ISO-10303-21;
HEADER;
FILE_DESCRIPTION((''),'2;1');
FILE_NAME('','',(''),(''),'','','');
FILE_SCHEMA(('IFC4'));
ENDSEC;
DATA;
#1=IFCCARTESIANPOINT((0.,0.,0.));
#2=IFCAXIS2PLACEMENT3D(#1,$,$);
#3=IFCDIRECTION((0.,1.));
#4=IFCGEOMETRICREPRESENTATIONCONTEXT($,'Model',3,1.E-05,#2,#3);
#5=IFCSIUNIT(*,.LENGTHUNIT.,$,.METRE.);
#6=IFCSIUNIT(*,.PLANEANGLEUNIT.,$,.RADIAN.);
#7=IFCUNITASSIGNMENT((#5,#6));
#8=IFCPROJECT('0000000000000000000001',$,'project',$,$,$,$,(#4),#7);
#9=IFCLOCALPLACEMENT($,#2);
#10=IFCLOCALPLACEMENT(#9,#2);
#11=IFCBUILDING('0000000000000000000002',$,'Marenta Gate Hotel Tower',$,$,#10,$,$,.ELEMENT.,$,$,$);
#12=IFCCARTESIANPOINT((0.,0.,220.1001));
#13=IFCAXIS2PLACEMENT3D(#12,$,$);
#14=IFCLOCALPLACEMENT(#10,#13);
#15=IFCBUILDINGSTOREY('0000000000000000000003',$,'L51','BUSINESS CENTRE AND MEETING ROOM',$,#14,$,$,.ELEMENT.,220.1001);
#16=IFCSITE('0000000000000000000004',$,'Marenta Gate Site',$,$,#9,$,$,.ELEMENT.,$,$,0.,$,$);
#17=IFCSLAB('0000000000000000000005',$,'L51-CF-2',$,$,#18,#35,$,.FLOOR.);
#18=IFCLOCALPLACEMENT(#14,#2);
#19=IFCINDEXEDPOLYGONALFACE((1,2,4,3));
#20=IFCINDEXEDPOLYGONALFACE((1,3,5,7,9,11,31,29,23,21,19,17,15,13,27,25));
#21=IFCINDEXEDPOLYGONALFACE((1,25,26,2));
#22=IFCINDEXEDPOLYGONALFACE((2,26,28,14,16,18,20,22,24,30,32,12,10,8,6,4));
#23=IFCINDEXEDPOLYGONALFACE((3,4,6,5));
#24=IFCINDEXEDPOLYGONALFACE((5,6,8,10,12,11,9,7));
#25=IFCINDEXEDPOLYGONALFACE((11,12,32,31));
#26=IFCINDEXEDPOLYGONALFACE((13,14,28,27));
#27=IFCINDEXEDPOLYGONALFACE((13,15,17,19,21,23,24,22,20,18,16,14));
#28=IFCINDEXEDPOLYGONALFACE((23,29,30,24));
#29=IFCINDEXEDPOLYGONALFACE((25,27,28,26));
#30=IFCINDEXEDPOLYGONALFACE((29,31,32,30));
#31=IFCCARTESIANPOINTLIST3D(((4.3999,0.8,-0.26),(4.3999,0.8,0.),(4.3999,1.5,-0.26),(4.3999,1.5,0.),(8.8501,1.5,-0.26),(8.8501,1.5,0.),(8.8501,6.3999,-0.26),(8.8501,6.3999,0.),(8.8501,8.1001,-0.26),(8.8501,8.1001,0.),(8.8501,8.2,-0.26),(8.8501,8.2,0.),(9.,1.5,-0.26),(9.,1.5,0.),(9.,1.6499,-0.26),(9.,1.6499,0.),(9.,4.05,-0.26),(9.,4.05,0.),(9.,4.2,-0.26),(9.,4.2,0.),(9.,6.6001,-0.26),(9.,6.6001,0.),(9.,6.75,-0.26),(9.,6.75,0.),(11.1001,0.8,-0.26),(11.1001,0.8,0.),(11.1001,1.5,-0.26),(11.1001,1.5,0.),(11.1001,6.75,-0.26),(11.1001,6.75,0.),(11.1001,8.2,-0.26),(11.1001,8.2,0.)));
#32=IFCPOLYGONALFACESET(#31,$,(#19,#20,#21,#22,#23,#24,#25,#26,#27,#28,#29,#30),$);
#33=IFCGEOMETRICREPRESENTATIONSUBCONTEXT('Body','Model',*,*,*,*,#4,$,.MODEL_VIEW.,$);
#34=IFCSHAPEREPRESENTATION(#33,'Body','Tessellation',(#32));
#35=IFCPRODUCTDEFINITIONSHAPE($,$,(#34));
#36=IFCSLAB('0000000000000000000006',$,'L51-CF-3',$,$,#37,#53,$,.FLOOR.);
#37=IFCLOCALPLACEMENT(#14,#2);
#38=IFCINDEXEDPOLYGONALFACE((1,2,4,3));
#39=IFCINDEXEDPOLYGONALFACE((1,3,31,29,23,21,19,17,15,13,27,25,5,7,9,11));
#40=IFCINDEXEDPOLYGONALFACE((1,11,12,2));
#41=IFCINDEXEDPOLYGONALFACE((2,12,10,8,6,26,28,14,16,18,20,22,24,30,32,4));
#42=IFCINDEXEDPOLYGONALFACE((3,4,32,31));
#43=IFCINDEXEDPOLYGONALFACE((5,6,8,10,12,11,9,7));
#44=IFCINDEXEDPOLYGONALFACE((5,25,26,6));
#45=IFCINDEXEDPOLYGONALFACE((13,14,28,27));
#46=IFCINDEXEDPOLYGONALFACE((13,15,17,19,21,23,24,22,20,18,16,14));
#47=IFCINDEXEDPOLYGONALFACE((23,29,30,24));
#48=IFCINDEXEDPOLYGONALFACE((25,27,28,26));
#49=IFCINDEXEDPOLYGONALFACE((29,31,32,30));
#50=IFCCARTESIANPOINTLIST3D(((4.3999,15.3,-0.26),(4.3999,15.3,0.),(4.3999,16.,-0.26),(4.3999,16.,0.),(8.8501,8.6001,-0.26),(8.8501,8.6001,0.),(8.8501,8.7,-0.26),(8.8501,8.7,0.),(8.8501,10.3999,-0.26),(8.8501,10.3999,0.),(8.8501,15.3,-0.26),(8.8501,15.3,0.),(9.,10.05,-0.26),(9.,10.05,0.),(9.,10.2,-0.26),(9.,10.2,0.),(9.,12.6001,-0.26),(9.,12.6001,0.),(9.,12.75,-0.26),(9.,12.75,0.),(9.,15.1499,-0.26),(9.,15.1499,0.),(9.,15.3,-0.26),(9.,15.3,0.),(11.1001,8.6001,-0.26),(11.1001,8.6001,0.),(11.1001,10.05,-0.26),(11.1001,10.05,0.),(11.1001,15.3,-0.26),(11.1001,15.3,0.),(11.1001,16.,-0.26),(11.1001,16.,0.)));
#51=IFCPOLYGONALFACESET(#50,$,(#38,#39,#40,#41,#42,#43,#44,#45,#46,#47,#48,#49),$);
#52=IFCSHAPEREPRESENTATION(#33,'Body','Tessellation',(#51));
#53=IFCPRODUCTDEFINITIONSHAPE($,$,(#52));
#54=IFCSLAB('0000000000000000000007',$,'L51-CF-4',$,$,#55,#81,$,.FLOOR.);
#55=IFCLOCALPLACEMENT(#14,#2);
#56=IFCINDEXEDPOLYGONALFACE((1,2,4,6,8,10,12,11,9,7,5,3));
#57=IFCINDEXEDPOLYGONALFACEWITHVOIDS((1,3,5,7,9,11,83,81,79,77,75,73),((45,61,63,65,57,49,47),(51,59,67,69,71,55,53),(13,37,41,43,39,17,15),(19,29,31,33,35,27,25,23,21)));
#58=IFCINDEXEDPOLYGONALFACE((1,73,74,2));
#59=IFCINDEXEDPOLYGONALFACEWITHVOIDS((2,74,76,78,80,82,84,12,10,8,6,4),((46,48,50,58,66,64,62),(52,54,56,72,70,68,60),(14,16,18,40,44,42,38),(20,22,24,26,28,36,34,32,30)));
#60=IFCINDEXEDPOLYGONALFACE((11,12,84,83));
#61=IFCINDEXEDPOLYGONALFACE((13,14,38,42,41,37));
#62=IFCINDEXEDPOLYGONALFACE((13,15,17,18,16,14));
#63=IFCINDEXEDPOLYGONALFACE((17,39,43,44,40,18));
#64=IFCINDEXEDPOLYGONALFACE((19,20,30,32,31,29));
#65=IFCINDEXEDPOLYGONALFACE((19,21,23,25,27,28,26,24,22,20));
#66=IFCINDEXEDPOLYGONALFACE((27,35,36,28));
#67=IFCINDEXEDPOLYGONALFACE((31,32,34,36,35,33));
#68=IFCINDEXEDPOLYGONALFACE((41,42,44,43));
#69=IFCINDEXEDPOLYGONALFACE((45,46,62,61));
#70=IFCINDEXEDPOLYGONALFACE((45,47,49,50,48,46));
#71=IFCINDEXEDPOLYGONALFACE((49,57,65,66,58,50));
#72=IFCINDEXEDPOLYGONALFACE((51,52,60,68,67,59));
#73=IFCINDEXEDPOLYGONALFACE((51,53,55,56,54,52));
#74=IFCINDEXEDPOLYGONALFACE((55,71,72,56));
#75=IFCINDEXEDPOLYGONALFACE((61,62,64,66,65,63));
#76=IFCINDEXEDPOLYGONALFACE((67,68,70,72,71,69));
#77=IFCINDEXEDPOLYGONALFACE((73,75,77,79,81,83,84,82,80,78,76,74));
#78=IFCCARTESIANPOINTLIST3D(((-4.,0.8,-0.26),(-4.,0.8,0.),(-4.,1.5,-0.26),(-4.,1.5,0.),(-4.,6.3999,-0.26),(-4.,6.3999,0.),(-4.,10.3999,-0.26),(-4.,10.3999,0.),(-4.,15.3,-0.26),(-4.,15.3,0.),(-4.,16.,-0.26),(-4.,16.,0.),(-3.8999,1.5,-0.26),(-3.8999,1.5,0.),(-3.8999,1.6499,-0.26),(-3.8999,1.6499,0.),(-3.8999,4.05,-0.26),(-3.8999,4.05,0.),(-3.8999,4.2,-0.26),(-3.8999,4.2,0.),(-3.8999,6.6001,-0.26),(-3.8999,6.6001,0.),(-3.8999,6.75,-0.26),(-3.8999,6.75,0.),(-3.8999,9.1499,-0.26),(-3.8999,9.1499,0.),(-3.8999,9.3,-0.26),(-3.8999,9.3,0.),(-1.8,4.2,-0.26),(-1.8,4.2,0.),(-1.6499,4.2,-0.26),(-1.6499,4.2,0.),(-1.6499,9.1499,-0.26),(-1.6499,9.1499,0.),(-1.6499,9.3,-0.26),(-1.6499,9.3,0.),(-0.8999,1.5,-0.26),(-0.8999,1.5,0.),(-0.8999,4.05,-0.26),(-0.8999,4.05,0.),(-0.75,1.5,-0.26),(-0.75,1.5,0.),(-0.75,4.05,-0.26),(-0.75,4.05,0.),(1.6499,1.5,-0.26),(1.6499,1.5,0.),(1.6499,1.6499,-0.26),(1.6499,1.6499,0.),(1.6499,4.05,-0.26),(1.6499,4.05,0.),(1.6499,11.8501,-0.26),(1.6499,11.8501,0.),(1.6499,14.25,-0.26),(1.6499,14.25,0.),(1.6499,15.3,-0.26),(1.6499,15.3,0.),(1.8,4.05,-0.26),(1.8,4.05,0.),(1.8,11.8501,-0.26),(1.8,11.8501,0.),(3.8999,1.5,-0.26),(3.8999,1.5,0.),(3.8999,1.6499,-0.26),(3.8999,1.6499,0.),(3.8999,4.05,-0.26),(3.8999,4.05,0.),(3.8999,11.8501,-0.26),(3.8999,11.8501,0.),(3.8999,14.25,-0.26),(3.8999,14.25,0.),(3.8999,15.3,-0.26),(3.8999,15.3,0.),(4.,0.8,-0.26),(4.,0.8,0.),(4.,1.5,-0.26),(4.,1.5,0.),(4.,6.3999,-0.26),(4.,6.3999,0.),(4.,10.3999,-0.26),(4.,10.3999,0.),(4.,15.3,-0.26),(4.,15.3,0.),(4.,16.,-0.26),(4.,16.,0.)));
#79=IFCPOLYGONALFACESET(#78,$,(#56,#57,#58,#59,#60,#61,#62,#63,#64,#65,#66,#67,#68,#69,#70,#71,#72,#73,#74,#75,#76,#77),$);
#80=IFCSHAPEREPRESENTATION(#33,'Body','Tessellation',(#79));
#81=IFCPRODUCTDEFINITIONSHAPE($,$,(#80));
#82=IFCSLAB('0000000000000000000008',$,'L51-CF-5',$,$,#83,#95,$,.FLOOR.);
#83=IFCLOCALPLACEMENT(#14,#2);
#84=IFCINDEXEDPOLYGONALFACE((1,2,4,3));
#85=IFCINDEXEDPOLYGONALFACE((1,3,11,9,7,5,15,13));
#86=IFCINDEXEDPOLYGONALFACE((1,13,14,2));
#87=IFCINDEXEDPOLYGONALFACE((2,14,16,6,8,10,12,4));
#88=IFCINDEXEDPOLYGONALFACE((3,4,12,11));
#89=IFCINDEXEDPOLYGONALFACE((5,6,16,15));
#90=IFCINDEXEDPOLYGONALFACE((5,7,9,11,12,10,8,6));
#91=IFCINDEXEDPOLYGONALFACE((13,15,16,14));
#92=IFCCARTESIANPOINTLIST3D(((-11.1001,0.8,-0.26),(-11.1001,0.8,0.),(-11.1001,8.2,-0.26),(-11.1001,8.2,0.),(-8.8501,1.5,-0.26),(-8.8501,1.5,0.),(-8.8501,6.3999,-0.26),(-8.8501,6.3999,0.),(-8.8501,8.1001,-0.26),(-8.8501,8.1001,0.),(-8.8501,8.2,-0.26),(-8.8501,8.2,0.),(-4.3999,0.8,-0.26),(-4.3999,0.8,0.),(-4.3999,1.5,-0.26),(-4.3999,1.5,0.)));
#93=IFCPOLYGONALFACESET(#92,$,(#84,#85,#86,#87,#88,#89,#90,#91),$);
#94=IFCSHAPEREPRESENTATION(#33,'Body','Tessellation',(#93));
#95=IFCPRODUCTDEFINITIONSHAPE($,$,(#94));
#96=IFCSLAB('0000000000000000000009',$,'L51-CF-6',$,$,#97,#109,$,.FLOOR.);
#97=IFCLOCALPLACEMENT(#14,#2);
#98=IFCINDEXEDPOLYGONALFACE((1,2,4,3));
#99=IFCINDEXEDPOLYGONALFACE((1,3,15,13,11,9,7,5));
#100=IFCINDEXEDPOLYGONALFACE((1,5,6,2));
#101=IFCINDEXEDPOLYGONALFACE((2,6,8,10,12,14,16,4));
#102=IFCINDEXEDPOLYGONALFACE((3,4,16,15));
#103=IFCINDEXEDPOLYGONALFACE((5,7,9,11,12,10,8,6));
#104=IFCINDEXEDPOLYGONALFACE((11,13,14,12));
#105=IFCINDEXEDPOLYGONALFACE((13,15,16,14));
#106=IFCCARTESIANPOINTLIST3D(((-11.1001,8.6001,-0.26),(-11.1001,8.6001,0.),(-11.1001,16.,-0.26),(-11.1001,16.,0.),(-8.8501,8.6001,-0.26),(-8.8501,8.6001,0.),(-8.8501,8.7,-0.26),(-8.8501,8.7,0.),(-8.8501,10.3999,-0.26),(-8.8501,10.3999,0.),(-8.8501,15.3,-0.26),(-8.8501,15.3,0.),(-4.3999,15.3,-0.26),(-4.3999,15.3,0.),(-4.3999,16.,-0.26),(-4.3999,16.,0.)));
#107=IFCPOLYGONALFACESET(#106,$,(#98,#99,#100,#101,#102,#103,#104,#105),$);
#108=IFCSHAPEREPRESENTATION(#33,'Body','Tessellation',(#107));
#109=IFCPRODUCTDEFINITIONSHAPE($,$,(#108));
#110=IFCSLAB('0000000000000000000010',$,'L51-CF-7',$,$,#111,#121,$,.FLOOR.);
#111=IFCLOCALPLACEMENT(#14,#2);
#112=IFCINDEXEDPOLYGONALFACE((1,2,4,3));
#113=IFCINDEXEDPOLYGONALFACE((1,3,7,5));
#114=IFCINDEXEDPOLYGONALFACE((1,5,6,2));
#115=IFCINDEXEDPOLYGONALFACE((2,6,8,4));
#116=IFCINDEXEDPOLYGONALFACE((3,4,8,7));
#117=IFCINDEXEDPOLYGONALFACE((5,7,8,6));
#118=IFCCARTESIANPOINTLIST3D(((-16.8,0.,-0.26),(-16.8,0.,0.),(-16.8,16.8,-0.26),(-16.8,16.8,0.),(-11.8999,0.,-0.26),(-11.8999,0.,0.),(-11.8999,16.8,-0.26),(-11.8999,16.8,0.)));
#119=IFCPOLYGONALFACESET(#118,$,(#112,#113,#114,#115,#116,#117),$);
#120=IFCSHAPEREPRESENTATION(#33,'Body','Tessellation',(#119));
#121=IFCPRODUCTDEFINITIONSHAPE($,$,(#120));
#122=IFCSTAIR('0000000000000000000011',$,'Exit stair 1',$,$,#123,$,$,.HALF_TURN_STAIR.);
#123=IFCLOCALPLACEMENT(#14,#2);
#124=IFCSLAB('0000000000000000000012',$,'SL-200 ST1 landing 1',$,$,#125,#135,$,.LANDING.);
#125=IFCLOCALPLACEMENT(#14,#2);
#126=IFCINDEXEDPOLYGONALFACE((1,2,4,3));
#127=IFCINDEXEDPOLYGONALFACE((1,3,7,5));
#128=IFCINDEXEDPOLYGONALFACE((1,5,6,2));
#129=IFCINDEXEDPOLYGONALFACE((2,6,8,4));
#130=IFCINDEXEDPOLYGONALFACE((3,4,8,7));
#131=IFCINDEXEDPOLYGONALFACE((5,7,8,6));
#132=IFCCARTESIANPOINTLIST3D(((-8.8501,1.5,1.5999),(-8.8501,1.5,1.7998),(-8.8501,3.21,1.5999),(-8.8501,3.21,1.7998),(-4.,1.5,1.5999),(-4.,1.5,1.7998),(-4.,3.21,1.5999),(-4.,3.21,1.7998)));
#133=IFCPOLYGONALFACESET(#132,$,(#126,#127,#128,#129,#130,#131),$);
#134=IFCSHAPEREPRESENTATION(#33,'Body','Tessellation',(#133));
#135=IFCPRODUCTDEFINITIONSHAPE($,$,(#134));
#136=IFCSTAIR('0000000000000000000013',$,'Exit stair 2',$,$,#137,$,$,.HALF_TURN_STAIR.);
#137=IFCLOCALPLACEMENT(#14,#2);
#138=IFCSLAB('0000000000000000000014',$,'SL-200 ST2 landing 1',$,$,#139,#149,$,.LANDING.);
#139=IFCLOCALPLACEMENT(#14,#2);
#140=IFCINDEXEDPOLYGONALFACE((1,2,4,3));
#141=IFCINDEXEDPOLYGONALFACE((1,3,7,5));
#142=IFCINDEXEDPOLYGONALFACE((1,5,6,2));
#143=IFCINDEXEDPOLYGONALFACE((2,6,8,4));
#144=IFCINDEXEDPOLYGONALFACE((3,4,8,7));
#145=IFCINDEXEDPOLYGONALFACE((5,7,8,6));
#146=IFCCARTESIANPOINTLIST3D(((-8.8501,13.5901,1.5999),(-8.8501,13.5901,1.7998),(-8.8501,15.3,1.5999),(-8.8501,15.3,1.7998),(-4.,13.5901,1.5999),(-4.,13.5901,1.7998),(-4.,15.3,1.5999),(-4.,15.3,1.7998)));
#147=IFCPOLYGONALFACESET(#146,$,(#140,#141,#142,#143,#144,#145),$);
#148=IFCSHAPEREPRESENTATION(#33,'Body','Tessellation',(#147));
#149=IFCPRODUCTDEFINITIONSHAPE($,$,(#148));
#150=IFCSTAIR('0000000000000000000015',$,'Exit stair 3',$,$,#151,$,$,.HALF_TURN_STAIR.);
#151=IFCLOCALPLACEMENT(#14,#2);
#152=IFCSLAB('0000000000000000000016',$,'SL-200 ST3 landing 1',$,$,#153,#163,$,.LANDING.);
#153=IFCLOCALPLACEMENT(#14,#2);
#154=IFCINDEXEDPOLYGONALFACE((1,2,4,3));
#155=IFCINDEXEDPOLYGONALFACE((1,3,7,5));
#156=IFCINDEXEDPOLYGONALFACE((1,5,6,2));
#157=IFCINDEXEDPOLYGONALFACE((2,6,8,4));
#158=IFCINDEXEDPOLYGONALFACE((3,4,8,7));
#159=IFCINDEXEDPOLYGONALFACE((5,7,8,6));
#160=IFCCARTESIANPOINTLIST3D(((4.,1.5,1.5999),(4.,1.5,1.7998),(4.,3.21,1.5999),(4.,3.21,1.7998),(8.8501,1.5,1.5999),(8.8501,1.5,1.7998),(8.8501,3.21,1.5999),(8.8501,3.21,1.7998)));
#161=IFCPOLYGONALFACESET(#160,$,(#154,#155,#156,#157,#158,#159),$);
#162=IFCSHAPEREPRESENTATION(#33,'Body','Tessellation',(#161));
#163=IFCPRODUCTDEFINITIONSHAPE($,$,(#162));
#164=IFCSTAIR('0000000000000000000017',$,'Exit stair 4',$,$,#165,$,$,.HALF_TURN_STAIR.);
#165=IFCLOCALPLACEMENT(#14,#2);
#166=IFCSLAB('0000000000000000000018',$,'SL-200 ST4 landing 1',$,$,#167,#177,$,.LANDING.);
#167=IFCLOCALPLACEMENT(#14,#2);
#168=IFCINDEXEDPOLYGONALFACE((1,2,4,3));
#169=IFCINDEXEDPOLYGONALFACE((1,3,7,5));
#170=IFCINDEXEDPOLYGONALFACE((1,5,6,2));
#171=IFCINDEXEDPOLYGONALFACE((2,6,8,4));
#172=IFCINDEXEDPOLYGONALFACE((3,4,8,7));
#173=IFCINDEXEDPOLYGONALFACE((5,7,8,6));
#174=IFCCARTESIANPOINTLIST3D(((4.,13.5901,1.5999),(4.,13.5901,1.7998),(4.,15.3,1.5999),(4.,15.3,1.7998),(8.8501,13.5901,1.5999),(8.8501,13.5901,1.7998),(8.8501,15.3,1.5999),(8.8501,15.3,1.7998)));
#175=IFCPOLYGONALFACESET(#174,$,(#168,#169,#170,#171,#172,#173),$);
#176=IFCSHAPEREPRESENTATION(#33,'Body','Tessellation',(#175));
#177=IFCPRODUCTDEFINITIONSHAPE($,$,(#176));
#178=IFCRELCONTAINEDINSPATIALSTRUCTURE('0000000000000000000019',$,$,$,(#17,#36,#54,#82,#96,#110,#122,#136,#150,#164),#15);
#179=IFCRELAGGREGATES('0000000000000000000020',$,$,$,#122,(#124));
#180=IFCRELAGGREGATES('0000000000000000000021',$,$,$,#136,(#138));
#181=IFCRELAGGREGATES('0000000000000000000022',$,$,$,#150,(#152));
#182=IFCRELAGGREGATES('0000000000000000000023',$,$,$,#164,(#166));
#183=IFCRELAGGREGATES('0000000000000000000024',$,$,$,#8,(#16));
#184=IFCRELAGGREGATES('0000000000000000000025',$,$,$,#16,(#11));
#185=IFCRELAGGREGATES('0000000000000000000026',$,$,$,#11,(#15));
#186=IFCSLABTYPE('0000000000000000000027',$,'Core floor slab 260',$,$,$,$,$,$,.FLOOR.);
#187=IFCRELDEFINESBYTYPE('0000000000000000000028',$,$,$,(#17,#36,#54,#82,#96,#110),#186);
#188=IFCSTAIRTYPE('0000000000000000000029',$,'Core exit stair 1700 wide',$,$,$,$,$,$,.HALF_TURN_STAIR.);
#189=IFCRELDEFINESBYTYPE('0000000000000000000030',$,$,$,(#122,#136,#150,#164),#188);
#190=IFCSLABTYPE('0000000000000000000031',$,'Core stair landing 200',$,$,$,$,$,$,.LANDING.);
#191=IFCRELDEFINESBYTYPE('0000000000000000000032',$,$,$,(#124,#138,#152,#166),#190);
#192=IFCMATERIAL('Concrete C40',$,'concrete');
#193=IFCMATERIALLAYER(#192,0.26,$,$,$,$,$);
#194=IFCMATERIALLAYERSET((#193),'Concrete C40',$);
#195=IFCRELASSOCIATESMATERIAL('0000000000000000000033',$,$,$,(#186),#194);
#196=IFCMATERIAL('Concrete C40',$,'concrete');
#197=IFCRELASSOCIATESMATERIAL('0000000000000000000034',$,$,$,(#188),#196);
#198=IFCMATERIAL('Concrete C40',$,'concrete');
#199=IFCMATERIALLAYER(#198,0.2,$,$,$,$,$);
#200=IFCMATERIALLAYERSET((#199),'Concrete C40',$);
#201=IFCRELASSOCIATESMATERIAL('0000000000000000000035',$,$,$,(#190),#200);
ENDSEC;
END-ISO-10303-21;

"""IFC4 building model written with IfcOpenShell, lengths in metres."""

from ifc_helpers import new_model, si_unit, direction, frame, origin, place, context, subcontext, project, spatial, polyline, outline, extrude, material, layer, layer_set, type_object, element, aggregate, save


model = new_model("IFC4")

# Units and contexts
model_context = context("Model", 3, precision=1e-05, world=origin(), true_north=direction((0.0, 1.0)))
body_context = subcontext(model_context, "Body", "Model", "MODEL_VIEW")
ifc_project = project(units=[si_unit("LENGTHUNIT", "METRE"), si_unit("PLANEANGLEUNIT", "RADIAN")], contexts=[model_context])

# Site, building, storey
site_placement = place(None, origin())
site = spatial("IfcSite", under=ifc_project, at=site_placement, Name="Marenta Gate Site", CompositionType="ELEMENT", RefElevation=0.0)
building_placement = place(site_placement, origin())
building = spatial("IfcBuilding", under=site, at=building_placement, Name="Marenta Gate Hotel Tower", CompositionType="ELEMENT")
storey_placement = place(building_placement, frame((0.0, 0.0, 220.1001)))
storey = spatial("IfcBuildingStorey", under=building, at=storey_placement, Name="L51", Description="BUSINESS CENTRE AND MEETING ROOM", CompositionType="ELEMENT", Elevation=220.1001)

# Slabs
ifc_material_1 = material(Name="Concrete C40", Category="concrete")
ifc_layer_1 = layer(ifc_material_1, 0.26)
ifc_layer_set_1 = layer_set([ifc_layer_1], Name="Concrete C40")
slab_type_1 = type_object("IfcSlabType", Name="Core floor slab 260", PredefinedType="FLOOR", material=ifc_layer_set_1)
slab_1_placement = place(storey_placement, frame((0.0, 0.0, -0.26)))
element("IfcSlab", 1, at=slab_1_placement, inside=storey, type_object=slab_type_1, Name="L51-CF-2", PredefinedType="FLOOR", context=body_context, shape_type="SweptSolid", body=[
    extrude(outline(polyline([(8.8501, 1.5), (8.8501, 6.3999), (8.8501, 8.1001), (8.8501, 8.2), (11.1001, 8.2), (11.1001, 6.75), (9.0, 6.75), (9.0, 6.6001), (9.0, 4.2), (9.0, 4.05), (9.0, 1.6499), (9.0, 1.5), (11.1001, 1.5), (11.1001, 0.8), (4.3999, 0.8), (4.3999, 1.5), (8.8501, 1.5)])), origin(), (0.0, 0.0, 1.0), 0.26),
])
slab_2_placement = place(storey_placement, frame((0.0, 0.0, -0.26)))
element("IfcSlab", 2, at=slab_2_placement, inside=storey, type_object=slab_type_1, Name="L51-CF-3", PredefinedType="FLOOR", context=body_context, shape_type="SweptSolid", body=[
    extrude(outline(polyline([(8.8501, 15.3), (4.3999, 15.3), (4.3999, 16.0), (11.1001, 16.0), (11.1001, 15.3), (9.0, 15.3), (9.0, 15.1499), (9.0, 12.75), (9.0, 12.6001), (9.0, 10.2), (9.0, 10.05), (11.1001, 10.05), (11.1001, 8.6001), (8.8501, 8.6001), (8.8501, 8.7), (8.8501, 10.3999), (8.8501, 15.3)])), origin(), (0.0, 0.0, 1.0), 0.26),
])
slab_3_placement = place(storey_placement, frame((0.0, 0.0, -0.26)))
element("IfcSlab", 3, at=slab_3_placement, inside=storey, type_object=slab_type_1, Name="L51-CF-4", PredefinedType="FLOOR", context=body_context, shape_type="SweptSolid", body=[
    extrude(outline(polyline([(4.0, 15.3), (4.0, 10.3999), (4.0, 6.3999), (4.0, 1.5), (4.0, 0.8), (-4.0, 0.8), (-4.0, 1.5), (-4.0, 6.3999), (-4.0, 10.3999), (-4.0, 15.3), (-4.0, 16.0), (4.0, 16.0), (4.0, 15.3)]), holes=[polyline([(1.6499, 14.25), (1.6499, 11.8501), (1.8, 11.8501), (3.8999, 11.8501), (3.8999, 14.25), (3.8999, 15.3), (1.6499, 15.3), (1.6499, 14.25)]), polyline([(3.8999, 1.6499), (3.8999, 4.05), (1.8, 4.05), (1.6499, 4.05), (1.6499, 1.6499), (1.6499, 1.5), (3.8999, 1.5), (3.8999, 1.6499)]), polyline([(-3.8999, 1.6499), (-3.8999, 1.5), (-0.8999, 1.5), (-0.75, 1.5), (-0.75, 4.05), (-0.8999, 4.05), (-3.8999, 4.05), (-3.8999, 1.6499)]), polyline([(-1.8, 4.2), (-1.6499, 4.2), (-1.6499, 9.1499), (-1.6499, 9.3), (-3.8999, 9.3), (-3.8999, 9.1499), (-3.8999, 6.75), (-3.8999, 6.6001), (-3.8999, 4.2), (-1.8, 4.2)])]), origin(), (0.0, 0.0, 1.0), 0.26),
])
slab_4_placement = place(storey_placement, frame((0.0, 0.0, -0.26)))
element("IfcSlab", 4, at=slab_4_placement, inside=storey, type_object=slab_type_1, Name="L51-CF-5", PredefinedType="FLOOR", context=body_context, shape_type="SweptSolid", body=[
    extrude(outline(polyline([(-8.8501, 8.2), (-8.8501, 8.1001), (-8.8501, 6.3999), (-8.8501, 1.5), (-4.3999, 1.5), (-4.3999, 0.8), (-11.1001, 0.8), (-11.1001, 8.2), (-8.8501, 8.2)])), origin(), (0.0, 0.0, 1.0), 0.26),
])
slab_5_placement = place(storey_placement, frame((0.0, 0.0, -0.26)))
element("IfcSlab", 5, at=slab_5_placement, inside=storey, type_object=slab_type_1, Name="L51-CF-6", PredefinedType="FLOOR", context=body_context, shape_type="SweptSolid", body=[
    extrude(outline(polyline([(-4.3999, 15.3), (-8.8501, 15.3), (-8.8501, 10.3999), (-8.8501, 8.7), (-8.8501, 8.6001), (-11.1001, 8.6001), (-11.1001, 16.0), (-4.3999, 16.0), (-4.3999, 15.3)])), origin(), (0.0, 0.0, 1.0), 0.26),
])
slab_6_placement = place(storey_placement, frame((0.0, 0.0, -0.26)))
element("IfcSlab", 6, at=slab_6_placement, inside=storey, type_object=slab_type_1, Name="L51-CF-7", PredefinedType="FLOOR", context=body_context, shape_type="SweptSolid", body=[
    extrude(outline(polyline([(-11.8999, 16.8), (-11.8999, 0.0), (-16.8, 0.0), (-16.8, 16.8), (-11.8999, 16.8)])), origin(), (0.0, 0.0, 1.0), 0.26),
])

# Stairs, slabs
ifc_material_2 = material(Name="Concrete C40", Category="concrete")
stair_type_1 = type_object("IfcStairType", Name="Core exit stair 1700 wide", PredefinedType="HALF_TURN_STAIR", material=ifc_material_2)
stair_1_placement = place(storey_placement, origin())
stair_1 = element("IfcStair", 7, at=stair_1_placement, inside=storey, type_object=stair_type_1, Name="Exit stair 1", PredefinedType="HALF_TURN_STAIR")
ifc_material_3 = material(Name="Concrete C40", Category="concrete")
ifc_layer_2 = layer(ifc_material_3, 0.2)
ifc_layer_set_2 = layer_set([ifc_layer_2], Name="Concrete C40")
slab_type_2 = type_object("IfcSlabType", Name="Core stair landing 200", PredefinedType="LANDING", material=ifc_layer_set_2)
slab_7_placement = place(storey_placement, frame((0.0, 0.0, 1.5999)))
slab_7 = element("IfcSlab", 8, at=slab_7_placement, type_object=slab_type_2, Name="SL-200 ST1 landing 1", PredefinedType="LANDING", context=body_context, shape_type="SweptSolid", body=[
    extrude(outline(polyline([(-8.8501, 1.5), (-4.0, 1.5), (-4.0, 3.21), (-8.8501, 3.21), (-8.8501, 1.5)])), origin(), (0.0, 0.0, 1.0), 0.2),
])
aggregate(stair_1, [slab_7])
stair_2_placement = place(storey_placement, origin())
stair_2 = element("IfcStair", 9, at=stair_2_placement, inside=storey, type_object=stair_type_1, Name="Exit stair 2", PredefinedType="HALF_TURN_STAIR")
slab_8_placement = place(storey_placement, frame((0.0, 0.0, 1.5999)))
slab_8 = element("IfcSlab", 10, at=slab_8_placement, type_object=slab_type_2, Name="SL-200 ST2 landing 1", PredefinedType="LANDING", context=body_context, shape_type="SweptSolid", body=[
    extrude(outline(polyline([(-8.8501, 13.5901), (-4.0, 13.5901), (-4.0, 15.3), (-8.8501, 15.3), (-8.8501, 13.5901)])), origin(), (0.0, 0.0, 1.0), 0.2),
])
aggregate(stair_2, [slab_8])
stair_3_placement = place(storey_placement, origin())
stair_3 = element("IfcStair", 11, at=stair_3_placement, inside=storey, type_object=stair_type_1, Name="Exit stair 3", PredefinedType="HALF_TURN_STAIR")
slab_9_placement = place(storey_placement, frame((0.0, 0.0, 1.5999)))
slab_9 = element("IfcSlab", 12, at=slab_9_placement, type_object=slab_type_2, Name="SL-200 ST3 landing 1", PredefinedType="LANDING", context=body_context, shape_type="SweptSolid", body=[
    extrude(outline(polyline([(4.0, 1.5), (8.8501, 1.5), (8.8501, 3.21), (4.0, 3.21), (4.0, 1.5)])), origin(), (0.0, 0.0, 1.0), 0.2),
])
aggregate(stair_3, [slab_9])
stair_4_placement = place(storey_placement, origin())
stair_4 = element("IfcStair", 13, at=stair_4_placement, inside=storey, type_object=stair_type_1, Name="Exit stair 4", PredefinedType="HALF_TURN_STAIR")
slab_10_placement = place(storey_placement, frame((0.0, 0.0, 1.5999)))
slab_10 = element("IfcSlab", 14, at=slab_10_placement, type_object=slab_type_2, Name="SL-200 ST4 landing 1", PredefinedType="LANDING", context=body_context, shape_type="SweptSolid", body=[
    extrude(outline(polyline([(4.0, 13.5901), (8.8501, 13.5901), (8.8501, 15.3), (4.0, 15.3), (4.0, 13.5901)])), origin(), (0.0, 0.0, 1.0), 0.2),
])
aggregate(stair_4, [slab_10])

save(model, "model.ifc")
